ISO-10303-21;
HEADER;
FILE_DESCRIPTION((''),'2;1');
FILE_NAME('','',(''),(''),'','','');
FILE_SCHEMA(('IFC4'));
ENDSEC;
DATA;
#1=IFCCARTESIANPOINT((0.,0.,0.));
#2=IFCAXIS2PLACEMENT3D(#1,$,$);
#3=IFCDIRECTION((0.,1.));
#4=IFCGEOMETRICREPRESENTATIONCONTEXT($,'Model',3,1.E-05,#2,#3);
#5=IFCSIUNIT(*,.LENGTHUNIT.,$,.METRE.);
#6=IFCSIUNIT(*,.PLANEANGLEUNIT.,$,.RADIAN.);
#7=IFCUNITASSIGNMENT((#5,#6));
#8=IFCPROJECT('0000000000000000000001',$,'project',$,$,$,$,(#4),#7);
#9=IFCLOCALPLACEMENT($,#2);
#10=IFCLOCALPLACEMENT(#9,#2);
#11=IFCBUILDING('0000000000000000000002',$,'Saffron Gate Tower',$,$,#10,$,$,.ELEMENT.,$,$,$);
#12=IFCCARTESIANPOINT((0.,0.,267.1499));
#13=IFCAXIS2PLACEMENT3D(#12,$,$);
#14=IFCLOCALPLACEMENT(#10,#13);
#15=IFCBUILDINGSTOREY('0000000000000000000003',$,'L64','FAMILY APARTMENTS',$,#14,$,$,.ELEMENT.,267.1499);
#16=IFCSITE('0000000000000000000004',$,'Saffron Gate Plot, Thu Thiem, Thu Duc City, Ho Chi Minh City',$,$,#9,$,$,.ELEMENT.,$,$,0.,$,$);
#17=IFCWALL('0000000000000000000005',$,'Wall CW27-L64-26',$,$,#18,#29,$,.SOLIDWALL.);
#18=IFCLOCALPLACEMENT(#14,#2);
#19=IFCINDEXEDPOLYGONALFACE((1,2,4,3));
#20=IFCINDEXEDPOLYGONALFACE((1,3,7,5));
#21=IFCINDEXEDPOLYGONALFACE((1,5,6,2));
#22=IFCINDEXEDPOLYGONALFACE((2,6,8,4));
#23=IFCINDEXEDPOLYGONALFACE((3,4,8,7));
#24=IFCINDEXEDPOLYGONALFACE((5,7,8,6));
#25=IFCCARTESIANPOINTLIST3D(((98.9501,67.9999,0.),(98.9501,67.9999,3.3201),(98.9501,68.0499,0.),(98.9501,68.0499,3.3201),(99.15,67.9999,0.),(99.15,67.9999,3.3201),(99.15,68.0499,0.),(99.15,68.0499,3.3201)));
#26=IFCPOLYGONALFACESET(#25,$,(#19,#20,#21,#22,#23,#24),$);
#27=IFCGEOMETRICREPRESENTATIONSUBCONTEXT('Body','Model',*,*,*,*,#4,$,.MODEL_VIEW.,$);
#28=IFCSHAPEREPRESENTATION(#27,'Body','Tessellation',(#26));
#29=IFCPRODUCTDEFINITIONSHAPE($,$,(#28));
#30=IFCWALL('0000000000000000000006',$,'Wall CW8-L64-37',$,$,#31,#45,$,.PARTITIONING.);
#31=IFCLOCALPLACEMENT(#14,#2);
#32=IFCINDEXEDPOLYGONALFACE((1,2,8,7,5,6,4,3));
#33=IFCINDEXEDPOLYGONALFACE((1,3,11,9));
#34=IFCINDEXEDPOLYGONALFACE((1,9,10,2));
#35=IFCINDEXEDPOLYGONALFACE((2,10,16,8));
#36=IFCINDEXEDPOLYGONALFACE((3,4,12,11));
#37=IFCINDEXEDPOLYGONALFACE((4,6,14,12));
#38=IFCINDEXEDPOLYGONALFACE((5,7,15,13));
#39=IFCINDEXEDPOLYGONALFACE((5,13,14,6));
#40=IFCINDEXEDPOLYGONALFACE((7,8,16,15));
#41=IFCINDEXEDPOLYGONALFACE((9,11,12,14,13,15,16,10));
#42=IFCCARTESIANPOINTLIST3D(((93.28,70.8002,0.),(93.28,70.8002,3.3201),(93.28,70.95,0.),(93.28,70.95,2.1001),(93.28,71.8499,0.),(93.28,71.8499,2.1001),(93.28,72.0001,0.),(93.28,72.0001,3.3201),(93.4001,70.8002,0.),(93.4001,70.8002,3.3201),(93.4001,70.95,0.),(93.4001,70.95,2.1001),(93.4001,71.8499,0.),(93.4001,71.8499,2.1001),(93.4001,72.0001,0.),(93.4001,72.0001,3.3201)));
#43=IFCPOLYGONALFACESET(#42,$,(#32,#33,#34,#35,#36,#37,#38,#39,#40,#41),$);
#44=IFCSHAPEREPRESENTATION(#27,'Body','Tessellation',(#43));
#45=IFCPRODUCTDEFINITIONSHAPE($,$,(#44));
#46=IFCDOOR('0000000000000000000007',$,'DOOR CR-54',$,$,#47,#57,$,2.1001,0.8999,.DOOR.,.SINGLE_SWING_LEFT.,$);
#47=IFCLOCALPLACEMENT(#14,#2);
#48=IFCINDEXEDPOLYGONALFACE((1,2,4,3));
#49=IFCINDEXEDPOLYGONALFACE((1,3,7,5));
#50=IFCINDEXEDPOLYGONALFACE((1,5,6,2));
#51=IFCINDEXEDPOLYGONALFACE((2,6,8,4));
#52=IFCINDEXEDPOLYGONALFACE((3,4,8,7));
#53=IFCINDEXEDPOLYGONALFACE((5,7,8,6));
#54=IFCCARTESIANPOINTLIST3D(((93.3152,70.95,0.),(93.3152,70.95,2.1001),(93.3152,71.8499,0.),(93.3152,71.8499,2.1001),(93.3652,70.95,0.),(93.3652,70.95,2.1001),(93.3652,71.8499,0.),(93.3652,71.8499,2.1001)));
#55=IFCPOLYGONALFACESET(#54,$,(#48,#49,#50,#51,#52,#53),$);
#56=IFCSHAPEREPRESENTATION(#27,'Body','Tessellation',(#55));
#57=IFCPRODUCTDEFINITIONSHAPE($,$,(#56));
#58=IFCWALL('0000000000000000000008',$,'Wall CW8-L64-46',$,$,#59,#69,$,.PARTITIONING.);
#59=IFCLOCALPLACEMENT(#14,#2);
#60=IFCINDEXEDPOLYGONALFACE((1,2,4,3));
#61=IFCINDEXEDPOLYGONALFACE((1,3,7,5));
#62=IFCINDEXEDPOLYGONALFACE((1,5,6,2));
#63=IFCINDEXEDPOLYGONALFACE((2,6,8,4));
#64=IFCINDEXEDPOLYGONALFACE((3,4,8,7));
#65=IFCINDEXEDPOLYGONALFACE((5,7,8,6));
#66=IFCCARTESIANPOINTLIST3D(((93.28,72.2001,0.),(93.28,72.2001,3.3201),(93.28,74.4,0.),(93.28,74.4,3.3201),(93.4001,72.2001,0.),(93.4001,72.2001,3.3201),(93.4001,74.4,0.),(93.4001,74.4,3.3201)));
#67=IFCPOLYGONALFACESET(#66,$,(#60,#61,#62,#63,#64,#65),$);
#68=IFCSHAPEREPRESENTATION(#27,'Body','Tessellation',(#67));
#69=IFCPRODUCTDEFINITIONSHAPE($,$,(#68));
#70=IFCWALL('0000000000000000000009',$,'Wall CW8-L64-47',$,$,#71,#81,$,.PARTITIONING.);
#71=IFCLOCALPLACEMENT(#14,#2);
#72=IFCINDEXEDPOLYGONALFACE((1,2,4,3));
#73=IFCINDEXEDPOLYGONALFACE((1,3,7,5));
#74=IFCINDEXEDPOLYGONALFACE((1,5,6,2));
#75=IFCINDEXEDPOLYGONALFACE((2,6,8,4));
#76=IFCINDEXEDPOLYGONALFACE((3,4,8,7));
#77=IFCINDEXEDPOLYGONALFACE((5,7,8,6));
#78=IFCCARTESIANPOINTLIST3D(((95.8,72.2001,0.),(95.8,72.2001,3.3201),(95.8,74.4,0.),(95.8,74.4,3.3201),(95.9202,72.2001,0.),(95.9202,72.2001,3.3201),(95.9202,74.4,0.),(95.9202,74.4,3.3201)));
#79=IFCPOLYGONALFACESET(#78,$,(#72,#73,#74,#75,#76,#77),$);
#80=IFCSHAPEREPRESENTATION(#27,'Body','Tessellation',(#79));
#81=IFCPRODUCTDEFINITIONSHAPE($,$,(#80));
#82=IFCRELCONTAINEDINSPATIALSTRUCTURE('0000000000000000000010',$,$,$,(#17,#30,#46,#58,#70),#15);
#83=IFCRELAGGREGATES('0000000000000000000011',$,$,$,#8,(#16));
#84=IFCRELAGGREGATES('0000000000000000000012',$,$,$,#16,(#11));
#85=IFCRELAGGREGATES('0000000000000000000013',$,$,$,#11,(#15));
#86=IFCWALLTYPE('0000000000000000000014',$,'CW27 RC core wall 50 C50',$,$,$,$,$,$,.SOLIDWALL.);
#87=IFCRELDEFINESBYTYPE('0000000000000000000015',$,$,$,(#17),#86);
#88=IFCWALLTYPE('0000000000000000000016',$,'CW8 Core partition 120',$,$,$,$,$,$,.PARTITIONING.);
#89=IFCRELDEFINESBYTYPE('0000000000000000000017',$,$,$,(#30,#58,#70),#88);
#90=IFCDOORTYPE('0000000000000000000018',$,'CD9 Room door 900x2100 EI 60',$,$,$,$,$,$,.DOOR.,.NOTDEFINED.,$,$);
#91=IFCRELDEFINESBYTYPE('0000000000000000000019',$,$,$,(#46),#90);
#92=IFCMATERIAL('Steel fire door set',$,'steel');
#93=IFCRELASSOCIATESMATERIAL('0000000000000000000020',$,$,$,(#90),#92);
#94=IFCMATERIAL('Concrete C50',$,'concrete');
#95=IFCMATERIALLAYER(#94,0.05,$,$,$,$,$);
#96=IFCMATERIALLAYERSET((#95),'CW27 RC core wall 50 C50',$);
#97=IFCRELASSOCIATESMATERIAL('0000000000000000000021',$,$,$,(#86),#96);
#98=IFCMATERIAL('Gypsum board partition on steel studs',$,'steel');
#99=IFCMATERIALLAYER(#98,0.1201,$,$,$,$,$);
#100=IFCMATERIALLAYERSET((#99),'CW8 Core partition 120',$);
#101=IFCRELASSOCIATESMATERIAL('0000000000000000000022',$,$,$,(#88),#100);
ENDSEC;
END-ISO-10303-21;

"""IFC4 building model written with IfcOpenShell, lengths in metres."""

from ifc_helpers import new_model, si_unit, direction, frame, frame_2d, origin, place, context, subcontext, project, spatial, rectangle, extrude, material, layer, layer_set, type_object, element, fill, save


model = new_model("IFC4")

# Units and contexts
model_context = context("Model", 3, precision=1e-05, world=origin(), true_north=direction((0.0, 1.0)))
body_context = subcontext(model_context, "Body", "Model", "MODEL_VIEW")
ifc_project = project(units=[si_unit("LENGTHUNIT", "METRE"), si_unit("PLANEANGLEUNIT", "RADIAN")], contexts=[model_context])

# Site, building, storey
site_placement = place(None, origin())
site = spatial("IfcSite", under=ifc_project, at=site_placement, Name="Saffron Gate Plot, Thu Thiem, Thu Duc City, Ho Chi Minh City", CompositionType="ELEMENT", RefElevation=0.0)
building_placement = place(site_placement, origin())
building = spatial("IfcBuilding", under=site, at=building_placement, Name="Saffron Gate Tower", CompositionType="ELEMENT")
storey_placement = place(building_placement, frame((0.0, 0.0, 267.1499)))
storey = spatial("IfcBuildingStorey", under=building, at=storey_placement, Name="L64", Description="FAMILY APARTMENTS", CompositionType="ELEMENT", Elevation=267.1499)

# Shared definitions
ifc_material_1 = material(Name="Concrete C50", Category="concrete")

# Shared definitions
ifc_material_2 = material(Name="Steel fire door set", Category="steel")

# Shared definitions
door_type_1 = type_object("IfcDoorType", Name="CD9 Room door 900x2100 EI 60", OperationType="NOTDEFINED", PredefinedType="DOOR", material=ifc_material_2)

# Wall
ifc_layer_1 = layer(ifc_material_1, 0.05)
ifc_layer_set_1 = layer_set([ifc_layer_1], Name="CW27 RC core wall 50 C50")
wall_type_1 = type_object("IfcWallType", Name="CW27 RC core wall 50 C50", PredefinedType="SOLIDWALL", material=ifc_layer_set_1)
wall_1_placement = place(storey_placement, frame((98.95, 68.0249, 0.0), z_axis=(0.0, 0.0, 1.0), x_axis=(1.0, 0.0, 0.0)))
element("IfcWall", 1, at=wall_1_placement, inside=storey, type_object=wall_type_1, Name="Wall CW27-L64-26", PredefinedType="SOLIDWALL", context=body_context, shape_type="SweptSolid", body=[
    extrude(rectangle(XDim=0.2, YDim=0.05, at=frame_2d((0.1001, 0.0))), origin(), (0.0, 0.0, 1.0), 3.3201),
])

# Wall, opening, door
ifc_material_3 = material(Name="Gypsum board partition on steel studs", Category="steel")
ifc_layer_2 = layer(ifc_material_3, 0.1201)
ifc_layer_set_2 = layer_set([ifc_layer_2], Name="CW8 Core partition 120")
wall_type_2 = type_object("IfcWallType", Name="CW8 Core partition 120", PredefinedType="PARTITIONING", material=ifc_layer_set_2)
wall_2_placement = place(storey_placement, frame((93.3401, 70.8, 0.0), z_axis=(0.0, 0.0, 1.0), x_axis=(0.0, 1.0, 0.0)))
wall_2 = element("IfcWall", 2, at=wall_2_placement, inside=storey, type_object=wall_type_2, Name="Wall CW8-L64-37", PredefinedType="PARTITIONING", context=body_context, shape_type="SweptSolid", body=[
    extrude(rectangle(XDim=1.2, YDim=0.1201, at=frame_2d((0.6001, 0.0))), origin(), (0.0, 0.0, 1.0), 3.3201),
])
opening_1_placement = place(wall_2_placement, frame((0.1499, 0.0, 0.0)))
opening_1 = element("IfcOpeningElement", 3, at=opening_1_placement, cuts=wall_2, PredefinedType="OPENING", context=body_context, shape_type="SweptSolid", body=[
    extrude(rectangle(XDim=0.8999, YDim=2.1001, at=frame_2d((0.45, 1.05))), frame((0.0, 0.0701, 0.0), z_axis=(0.0, -1.0, 0.0), x_axis=(1.0, 0.0, 0.0)), (0.0, 0.0, 1.0), 0.1401),
])
door_1_placement = place(opening_1_placement, origin())
door_1 = element("IfcDoor", 4, at=door_1_placement, inside=storey, type_object=door_type_1, Name="DOOR CR-54", OperationType="SINGLE_SWING_LEFT", OverallHeight=2.1001, OverallWidth=0.8999, PredefinedType="DOOR", context=body_context, shape_type="SweptSolid", body=[
    extrude(rectangle(XDim=0.8999, YDim=2.1001, at=frame_2d((0.45, 1.05))), frame((0.0, 0.0249, 0.0), z_axis=(0.0, -1.0, 0.0), x_axis=(1.0, 0.0, 0.0)), (0.0, 0.0, 1.0), 0.05),
])
fill(opening_1, door_1)

# Walls
for number, where, z_axis, x_axis, name in (
    (5, (93.3401, 72.2, 0.0), (0.0, 0.0, 1.0), (0.0, 1.0, 0.0), "Wall CW8-L64-46"),
    (6, (95.8601, 72.2, 0.0), (0.0, 0.0, 1.0), (0.0, 1.0, 0.0), "Wall CW8-L64-47"),
):
    element("IfcWall", number, at=place(storey_placement, frame(where, z_axis=z_axis, x_axis=x_axis)), inside=storey, type_object=wall_type_2, Name=name, PredefinedType="PARTITIONING", context=body_context, shape_type="SweptSolid", body=[
        extrude(rectangle(XDim=2.2, YDim=0.1201, at=frame_2d((1.1001, 0.0))), origin(), (0.0, 0.0, 1.0), 3.3201),
    ])

save(model, "model.ifc")
